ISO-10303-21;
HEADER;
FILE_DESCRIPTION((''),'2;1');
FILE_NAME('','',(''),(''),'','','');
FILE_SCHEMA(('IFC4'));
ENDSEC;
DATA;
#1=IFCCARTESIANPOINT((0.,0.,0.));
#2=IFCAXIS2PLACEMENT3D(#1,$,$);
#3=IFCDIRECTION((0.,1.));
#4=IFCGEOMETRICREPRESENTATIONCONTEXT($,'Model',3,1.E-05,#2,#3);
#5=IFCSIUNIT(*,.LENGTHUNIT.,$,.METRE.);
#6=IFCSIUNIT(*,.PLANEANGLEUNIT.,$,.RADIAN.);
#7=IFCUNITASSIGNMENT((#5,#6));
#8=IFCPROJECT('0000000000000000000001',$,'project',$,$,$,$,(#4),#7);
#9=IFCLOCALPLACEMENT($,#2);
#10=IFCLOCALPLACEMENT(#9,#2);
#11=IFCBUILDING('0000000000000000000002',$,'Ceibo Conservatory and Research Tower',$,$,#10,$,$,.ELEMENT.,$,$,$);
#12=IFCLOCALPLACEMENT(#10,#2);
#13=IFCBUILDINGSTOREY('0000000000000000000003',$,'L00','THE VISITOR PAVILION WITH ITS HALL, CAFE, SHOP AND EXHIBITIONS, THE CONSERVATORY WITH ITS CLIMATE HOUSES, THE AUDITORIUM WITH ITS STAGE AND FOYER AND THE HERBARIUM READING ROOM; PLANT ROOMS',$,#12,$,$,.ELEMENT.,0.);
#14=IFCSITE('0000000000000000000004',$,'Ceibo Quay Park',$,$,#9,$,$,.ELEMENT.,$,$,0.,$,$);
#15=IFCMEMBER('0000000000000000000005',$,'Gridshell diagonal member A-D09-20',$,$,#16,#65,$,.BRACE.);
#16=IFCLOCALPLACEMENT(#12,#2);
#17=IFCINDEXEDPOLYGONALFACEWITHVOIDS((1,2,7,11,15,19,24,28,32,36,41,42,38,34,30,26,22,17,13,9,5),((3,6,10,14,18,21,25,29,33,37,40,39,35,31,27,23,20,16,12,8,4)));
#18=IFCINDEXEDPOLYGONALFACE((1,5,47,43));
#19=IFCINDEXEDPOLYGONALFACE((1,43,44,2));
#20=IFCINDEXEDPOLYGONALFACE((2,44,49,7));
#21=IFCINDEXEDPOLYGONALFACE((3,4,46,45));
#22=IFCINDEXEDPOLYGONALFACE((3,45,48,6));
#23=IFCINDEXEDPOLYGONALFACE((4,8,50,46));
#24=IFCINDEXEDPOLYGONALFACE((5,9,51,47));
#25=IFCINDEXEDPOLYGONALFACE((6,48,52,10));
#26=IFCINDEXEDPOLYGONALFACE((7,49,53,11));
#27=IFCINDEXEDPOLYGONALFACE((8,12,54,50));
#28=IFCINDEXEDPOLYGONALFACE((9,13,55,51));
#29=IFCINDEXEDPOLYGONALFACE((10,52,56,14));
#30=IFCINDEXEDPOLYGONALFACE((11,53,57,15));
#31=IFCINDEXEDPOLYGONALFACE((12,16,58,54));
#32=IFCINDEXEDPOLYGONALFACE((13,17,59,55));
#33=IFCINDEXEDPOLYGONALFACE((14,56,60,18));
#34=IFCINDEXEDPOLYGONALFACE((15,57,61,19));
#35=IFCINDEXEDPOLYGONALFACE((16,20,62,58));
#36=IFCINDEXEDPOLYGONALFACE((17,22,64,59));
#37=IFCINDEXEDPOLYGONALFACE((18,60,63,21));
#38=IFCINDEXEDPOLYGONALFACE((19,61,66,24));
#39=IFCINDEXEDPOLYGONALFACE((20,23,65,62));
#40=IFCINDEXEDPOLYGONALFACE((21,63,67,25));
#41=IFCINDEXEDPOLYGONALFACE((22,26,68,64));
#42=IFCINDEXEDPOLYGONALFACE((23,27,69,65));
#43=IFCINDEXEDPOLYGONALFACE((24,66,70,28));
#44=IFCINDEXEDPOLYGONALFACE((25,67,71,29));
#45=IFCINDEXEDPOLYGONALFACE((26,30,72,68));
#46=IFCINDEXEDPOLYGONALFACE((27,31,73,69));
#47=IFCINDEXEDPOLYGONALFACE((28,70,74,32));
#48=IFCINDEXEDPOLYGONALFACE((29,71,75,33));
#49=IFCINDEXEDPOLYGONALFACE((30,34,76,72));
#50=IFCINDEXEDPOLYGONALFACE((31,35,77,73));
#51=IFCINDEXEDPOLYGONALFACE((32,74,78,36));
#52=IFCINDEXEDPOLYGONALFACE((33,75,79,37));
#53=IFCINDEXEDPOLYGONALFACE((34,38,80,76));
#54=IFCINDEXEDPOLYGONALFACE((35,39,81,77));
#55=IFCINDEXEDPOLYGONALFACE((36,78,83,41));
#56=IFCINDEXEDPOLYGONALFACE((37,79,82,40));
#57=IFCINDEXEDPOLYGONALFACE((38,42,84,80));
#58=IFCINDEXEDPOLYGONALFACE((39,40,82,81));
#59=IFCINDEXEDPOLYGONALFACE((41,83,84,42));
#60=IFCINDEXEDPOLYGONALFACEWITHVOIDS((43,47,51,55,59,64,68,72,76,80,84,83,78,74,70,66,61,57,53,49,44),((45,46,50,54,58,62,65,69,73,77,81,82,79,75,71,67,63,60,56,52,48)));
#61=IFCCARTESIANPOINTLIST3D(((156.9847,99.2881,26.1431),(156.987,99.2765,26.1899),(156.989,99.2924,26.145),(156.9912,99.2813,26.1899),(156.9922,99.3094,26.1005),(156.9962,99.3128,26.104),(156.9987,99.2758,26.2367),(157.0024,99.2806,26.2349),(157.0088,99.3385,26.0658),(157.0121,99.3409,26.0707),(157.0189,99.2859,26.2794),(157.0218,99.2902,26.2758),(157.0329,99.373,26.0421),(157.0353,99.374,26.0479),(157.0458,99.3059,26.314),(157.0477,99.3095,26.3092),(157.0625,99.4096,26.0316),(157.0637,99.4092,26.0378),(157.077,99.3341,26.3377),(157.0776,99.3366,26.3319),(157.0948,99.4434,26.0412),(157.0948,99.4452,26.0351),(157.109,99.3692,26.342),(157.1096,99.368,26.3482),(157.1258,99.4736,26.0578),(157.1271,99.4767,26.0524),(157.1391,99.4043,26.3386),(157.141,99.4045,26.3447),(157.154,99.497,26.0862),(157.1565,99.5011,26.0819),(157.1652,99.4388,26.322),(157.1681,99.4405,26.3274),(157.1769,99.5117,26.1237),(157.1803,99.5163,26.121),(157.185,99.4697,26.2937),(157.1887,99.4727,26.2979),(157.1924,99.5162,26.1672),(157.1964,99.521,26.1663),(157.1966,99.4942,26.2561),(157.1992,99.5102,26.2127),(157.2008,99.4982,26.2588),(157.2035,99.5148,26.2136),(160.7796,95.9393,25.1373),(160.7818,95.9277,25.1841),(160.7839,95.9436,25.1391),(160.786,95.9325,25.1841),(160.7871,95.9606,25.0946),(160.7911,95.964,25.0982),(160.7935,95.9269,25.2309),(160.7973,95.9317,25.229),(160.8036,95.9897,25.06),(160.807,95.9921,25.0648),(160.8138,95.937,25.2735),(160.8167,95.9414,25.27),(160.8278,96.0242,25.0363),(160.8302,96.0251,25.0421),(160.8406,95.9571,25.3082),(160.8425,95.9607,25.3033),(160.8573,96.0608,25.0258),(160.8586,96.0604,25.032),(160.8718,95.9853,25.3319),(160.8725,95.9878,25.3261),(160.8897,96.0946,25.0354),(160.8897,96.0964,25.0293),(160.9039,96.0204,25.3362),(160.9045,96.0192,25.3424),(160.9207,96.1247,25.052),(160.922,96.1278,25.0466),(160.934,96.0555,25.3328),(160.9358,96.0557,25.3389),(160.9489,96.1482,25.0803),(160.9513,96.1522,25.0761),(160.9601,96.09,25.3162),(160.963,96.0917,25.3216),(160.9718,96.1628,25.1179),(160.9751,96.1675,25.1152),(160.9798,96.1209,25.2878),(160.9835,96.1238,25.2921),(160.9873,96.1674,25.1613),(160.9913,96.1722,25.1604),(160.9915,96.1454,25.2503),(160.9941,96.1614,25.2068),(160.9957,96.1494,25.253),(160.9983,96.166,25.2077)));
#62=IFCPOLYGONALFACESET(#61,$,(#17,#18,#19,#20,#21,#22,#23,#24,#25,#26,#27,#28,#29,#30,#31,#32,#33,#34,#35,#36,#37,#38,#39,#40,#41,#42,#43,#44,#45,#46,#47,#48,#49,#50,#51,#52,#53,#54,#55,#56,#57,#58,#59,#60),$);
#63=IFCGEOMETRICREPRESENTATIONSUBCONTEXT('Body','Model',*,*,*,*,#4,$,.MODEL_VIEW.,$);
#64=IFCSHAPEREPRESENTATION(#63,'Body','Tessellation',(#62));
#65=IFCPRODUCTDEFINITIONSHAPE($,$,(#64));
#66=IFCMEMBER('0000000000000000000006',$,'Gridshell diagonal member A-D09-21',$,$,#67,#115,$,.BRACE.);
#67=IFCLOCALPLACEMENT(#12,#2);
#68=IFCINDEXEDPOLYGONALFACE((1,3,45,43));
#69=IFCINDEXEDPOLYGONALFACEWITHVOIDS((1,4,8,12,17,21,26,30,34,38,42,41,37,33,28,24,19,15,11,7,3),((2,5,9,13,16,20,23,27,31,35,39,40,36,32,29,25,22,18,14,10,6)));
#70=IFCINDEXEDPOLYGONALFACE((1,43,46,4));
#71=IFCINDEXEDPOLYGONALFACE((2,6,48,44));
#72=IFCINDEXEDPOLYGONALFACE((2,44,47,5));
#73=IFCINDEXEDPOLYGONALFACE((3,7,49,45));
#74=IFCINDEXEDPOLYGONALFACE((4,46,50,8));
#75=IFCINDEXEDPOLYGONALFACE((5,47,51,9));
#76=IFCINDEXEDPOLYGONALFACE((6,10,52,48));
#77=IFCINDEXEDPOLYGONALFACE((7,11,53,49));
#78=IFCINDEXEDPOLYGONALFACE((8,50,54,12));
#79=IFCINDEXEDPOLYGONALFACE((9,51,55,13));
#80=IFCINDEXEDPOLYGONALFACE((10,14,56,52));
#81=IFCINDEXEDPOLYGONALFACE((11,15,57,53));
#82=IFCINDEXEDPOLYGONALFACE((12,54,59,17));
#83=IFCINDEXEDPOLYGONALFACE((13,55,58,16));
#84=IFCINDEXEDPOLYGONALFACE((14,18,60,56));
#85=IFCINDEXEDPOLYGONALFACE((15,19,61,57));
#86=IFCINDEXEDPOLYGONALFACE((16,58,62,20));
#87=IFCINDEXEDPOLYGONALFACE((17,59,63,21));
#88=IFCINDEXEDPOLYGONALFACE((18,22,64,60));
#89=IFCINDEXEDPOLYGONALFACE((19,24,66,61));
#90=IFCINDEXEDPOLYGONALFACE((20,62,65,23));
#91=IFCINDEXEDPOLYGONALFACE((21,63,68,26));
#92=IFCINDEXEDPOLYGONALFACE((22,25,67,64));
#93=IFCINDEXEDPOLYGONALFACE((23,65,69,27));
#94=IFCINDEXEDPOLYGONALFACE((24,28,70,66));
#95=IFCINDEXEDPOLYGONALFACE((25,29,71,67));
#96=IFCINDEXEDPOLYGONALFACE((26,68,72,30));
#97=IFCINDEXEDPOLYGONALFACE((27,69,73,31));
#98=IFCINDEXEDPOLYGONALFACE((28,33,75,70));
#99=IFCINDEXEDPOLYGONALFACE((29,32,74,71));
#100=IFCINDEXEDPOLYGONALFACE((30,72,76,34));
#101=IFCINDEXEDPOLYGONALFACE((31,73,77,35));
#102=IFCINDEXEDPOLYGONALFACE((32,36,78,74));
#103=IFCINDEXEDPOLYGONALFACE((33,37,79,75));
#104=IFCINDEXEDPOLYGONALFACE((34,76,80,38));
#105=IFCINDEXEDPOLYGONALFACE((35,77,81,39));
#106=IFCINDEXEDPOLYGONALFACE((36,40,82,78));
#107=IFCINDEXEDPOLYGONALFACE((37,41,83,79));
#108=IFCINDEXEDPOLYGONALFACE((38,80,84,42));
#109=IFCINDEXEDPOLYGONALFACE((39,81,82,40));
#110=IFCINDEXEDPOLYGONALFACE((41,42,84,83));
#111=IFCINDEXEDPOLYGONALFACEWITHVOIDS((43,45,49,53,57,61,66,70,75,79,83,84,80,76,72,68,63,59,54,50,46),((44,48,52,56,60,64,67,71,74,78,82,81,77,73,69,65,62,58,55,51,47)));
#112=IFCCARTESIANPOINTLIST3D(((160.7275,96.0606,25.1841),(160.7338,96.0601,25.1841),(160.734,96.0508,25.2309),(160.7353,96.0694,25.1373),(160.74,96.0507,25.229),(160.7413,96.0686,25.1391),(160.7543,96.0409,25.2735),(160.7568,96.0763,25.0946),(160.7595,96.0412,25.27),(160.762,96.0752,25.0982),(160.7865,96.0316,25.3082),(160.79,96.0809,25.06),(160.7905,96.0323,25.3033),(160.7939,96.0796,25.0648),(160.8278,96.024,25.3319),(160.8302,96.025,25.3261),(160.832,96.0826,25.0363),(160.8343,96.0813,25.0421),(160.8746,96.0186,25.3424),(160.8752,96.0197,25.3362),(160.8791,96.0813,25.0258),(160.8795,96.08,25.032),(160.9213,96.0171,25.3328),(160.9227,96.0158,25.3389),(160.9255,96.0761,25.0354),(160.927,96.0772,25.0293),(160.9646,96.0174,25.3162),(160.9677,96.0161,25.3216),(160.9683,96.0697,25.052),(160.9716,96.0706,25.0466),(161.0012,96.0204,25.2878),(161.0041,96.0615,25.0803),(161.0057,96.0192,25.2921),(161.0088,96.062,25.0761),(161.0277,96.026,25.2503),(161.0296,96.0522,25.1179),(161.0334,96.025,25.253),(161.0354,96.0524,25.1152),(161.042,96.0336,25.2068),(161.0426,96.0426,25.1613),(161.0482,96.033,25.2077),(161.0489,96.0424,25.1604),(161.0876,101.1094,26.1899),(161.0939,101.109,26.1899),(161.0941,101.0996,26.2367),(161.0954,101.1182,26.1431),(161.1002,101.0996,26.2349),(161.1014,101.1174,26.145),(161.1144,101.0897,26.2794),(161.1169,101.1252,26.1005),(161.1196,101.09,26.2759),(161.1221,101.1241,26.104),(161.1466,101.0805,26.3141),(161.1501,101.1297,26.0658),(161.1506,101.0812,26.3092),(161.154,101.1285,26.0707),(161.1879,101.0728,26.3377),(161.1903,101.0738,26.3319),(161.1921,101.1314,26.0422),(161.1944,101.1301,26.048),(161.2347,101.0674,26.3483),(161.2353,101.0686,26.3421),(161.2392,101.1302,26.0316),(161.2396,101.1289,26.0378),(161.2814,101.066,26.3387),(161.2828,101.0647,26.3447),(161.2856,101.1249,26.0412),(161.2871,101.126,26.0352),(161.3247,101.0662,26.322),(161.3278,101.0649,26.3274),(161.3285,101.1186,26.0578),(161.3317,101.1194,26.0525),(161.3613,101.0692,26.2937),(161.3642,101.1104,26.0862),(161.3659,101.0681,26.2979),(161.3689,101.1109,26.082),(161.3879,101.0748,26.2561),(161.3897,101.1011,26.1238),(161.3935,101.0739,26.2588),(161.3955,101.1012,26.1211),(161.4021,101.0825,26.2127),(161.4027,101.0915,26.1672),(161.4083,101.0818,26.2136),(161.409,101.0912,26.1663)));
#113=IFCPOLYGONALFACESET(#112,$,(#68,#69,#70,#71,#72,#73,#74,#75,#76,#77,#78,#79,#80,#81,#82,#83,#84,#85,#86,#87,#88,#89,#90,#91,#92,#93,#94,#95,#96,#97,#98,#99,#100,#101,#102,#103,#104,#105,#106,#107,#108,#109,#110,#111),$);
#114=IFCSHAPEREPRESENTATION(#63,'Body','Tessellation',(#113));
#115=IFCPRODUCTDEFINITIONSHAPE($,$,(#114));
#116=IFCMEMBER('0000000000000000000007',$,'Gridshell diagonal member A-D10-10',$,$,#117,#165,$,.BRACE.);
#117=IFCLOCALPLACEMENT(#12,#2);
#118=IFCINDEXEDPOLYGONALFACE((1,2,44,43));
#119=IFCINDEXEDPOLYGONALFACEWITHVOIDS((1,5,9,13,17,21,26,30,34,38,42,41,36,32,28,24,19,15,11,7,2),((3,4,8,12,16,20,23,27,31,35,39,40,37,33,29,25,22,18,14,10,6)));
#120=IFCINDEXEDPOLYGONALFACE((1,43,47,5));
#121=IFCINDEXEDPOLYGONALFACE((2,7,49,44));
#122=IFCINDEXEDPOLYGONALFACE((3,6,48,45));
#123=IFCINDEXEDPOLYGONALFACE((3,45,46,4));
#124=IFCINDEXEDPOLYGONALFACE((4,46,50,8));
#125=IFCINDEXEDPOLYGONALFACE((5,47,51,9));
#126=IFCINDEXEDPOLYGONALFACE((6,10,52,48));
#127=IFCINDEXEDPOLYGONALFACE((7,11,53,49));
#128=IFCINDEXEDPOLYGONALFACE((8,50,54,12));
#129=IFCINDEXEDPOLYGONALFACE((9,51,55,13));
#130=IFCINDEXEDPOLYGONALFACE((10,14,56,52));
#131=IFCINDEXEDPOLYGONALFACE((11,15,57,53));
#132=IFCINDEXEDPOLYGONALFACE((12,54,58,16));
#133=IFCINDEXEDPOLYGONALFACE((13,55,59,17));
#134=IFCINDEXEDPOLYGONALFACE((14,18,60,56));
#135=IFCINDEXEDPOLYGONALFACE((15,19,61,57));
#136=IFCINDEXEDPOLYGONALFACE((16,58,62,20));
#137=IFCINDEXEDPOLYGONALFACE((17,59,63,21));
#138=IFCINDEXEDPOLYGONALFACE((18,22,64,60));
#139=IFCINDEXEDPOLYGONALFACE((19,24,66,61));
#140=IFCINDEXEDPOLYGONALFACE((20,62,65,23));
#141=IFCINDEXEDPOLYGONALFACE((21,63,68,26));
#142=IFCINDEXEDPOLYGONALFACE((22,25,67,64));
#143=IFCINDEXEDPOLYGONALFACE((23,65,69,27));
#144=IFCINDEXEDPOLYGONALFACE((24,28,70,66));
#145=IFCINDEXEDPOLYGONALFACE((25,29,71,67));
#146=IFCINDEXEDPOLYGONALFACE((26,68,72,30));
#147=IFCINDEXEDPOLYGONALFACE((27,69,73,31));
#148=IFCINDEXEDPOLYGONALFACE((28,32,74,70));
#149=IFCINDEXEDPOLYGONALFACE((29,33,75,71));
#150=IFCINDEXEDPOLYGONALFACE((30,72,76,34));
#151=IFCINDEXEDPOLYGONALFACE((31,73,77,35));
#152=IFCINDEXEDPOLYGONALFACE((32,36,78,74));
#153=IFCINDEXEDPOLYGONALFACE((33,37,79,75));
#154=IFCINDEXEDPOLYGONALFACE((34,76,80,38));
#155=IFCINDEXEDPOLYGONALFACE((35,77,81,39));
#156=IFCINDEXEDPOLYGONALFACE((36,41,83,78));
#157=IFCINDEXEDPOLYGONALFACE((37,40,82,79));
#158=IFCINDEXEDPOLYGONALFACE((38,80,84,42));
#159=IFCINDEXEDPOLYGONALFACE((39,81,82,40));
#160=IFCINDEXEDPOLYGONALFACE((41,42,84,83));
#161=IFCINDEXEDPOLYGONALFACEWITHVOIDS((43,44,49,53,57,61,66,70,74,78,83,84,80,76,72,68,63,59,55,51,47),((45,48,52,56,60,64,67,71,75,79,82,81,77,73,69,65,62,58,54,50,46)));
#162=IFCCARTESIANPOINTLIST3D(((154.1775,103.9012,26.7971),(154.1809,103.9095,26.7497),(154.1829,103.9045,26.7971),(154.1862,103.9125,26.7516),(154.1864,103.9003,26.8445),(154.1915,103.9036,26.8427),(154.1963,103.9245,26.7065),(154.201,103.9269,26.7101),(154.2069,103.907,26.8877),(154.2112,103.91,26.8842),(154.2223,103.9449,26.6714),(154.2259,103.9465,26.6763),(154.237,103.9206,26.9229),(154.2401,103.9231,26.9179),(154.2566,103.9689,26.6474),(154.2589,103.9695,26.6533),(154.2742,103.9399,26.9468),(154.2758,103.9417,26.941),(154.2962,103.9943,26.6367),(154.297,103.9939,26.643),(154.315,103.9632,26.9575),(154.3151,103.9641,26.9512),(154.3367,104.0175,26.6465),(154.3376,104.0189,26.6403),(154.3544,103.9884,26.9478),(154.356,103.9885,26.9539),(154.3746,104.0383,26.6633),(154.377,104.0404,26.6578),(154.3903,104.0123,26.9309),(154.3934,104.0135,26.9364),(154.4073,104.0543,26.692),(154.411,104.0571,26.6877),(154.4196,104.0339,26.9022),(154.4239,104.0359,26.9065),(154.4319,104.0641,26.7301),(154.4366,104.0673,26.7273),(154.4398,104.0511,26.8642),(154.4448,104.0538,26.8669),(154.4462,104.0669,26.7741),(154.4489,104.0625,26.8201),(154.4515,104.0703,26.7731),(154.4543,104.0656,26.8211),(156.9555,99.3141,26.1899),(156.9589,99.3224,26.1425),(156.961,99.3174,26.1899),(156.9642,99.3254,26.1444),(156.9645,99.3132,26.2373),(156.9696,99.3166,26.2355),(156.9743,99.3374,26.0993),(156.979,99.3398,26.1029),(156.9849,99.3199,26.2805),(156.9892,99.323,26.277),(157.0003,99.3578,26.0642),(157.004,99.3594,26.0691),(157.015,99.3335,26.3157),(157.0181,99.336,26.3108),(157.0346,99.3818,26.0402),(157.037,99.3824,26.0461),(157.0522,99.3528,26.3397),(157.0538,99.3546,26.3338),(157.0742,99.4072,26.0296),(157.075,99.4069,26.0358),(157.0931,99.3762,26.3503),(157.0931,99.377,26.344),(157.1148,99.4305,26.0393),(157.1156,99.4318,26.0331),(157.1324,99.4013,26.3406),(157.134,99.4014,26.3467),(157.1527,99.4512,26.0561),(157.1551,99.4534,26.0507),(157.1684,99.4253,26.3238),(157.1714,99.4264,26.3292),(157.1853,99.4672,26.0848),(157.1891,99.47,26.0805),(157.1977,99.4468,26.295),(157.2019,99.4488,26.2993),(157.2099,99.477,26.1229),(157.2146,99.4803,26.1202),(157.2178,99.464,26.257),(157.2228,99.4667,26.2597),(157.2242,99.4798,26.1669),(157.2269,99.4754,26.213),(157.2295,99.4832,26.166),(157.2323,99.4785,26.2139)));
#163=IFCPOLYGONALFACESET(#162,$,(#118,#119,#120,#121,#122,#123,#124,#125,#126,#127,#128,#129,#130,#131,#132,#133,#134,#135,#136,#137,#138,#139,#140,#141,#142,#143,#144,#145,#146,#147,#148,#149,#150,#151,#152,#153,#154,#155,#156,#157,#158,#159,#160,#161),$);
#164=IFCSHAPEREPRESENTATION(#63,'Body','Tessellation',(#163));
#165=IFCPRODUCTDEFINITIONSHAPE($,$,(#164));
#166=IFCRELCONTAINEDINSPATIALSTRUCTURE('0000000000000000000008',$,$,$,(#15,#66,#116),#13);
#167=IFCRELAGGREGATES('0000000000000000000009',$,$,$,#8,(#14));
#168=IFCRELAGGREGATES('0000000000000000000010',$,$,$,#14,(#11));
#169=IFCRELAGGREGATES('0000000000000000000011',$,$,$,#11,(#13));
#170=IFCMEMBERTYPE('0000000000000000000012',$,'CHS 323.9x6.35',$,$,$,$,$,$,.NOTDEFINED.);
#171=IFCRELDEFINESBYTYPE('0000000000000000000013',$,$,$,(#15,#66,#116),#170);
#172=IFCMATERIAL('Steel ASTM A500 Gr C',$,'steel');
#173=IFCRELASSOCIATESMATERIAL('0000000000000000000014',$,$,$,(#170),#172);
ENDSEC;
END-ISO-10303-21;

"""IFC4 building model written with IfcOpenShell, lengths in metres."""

from ifc_helpers import new_model, si_unit, direction, frame, origin, origin_2d, place, context, subcontext, project, spatial, hollow_circle, extrude, material, material_profile, profile_set, type_object, element, save


model = new_model("IFC4")

# Units and contexts
model_context = context("Model", 3, precision=1e-05, world=origin(), true_north=direction((0.0, 1.0)))
body_context = subcontext(model_context, "Body", "Model", "MODEL_VIEW")
ifc_project = project(units=[si_unit("LENGTHUNIT", "METRE"), si_unit("PLANEANGLEUNIT", "RADIAN")], contexts=[model_context])

# Site, building, storey
site_placement = place(None, origin())
site = spatial("IfcSite", under=ifc_project, at=site_placement, Name="Ceibo Quay Park", CompositionType="ELEMENT", RefElevation=0.0)
building_placement = place(site_placement, origin())
building = spatial("IfcBuilding", under=site, at=building_placement, Name="Ceibo Conservatory and Research Tower", CompositionType="ELEMENT")
storey_placement = place(building_placement, origin())
storey = spatial("IfcBuildingStorey", under=building, at=storey_placement, Name="L00", Description="THE VISITOR PAVILION WITH ITS HALL, CAFE, SHOP AND EXHIBITIONS, THE CONSERVATORY WITH ITS CLIMATE HOUSES, THE AUDITORIUM WITH ITS STAGE AND FOYER AND THE HERBARIUM READING ROOM; PLANT ROOMS", CompositionType="ELEMENT", Elevation=0.0)

# Members
ifc_material_1 = material(Name="Steel ASTM A500 Gr C", Category="steel")
ifc_material_profile_1 = material_profile(ifc_material_1, hollow_circle(Radius=0.1619, WallThickness=0.0063, at=origin_2d()), Name="CHS 323.9x6.35")
ifc_profile_set_1 = profile_set([ifc_material_profile_1], Name="Steel ASTM A500 Gr C")
member_type_1 = type_object("IfcMemberType", Name="CHS 323.9x6.35", PredefinedType="NOTDEFINED", material=ifc_profile_set_1)
member_1_placement = place(storey_placement, frame((160.8889, 96.0491, 25.1841), z_axis=(-0.735415, 0.648976, 0.194925), x_axis=(-0.661668, -0.749797, 0.0)))
element("IfcMember", 1, at=member_1_placement, inside=storey, type_object=member_type_1, Name="Gridshell diagonal member A-D09-20", PredefinedType="BRACE", context=body_context, shape_type="SweptSolid", body=[
    extrude(hollow_circle(Radius=0.1619, WallThickness=0.0063, at=origin_2d()), origin(), (0.0, 0.0, 1.0), 5.1602),
])
member_2_placement = place(storey_placement, frame((160.8889, 96.0491, 25.1841), z_axis=(0.06978, 0.978336, 0.19491), x_axis=(-0.997466, 0.071144, 0.0)))
element("IfcMember", 2, at=member_2_placement, inside=storey, type_object=member_type_1, Name="Gridshell diagonal member A-D09-21", PredefinedType="BRACE", context=body_context, shape_type="SweptSolid", body=[
    extrude(hollow_circle(Radius=0.1619, WallThickness=0.0063, at=origin_2d()), origin(), (0.0, 0.0, 1.0), 5.1606),
])
member_3_placement = place(storey_placement, frame((157.094, 99.3979, 26.1899), z_axis=(-0.514738, 0.849935, 0.112501), x_axis=(-0.855365, -0.518026, 0.0)))
element("IfcMember", 3, at=member_3_placement, inside=storey, type_object=member_type_1, Name="Gridshell diagonal member A-D10-10", PredefinedType="BRACE", context=body_context, shape_type="SweptSolid", body=[
    extrude(hollow_circle(Radius=0.1619, WallThickness=0.0063, at=origin_2d()), origin(), (0.0, 0.0, 1.0), 5.397),
])

save(model, "model.ifc")
